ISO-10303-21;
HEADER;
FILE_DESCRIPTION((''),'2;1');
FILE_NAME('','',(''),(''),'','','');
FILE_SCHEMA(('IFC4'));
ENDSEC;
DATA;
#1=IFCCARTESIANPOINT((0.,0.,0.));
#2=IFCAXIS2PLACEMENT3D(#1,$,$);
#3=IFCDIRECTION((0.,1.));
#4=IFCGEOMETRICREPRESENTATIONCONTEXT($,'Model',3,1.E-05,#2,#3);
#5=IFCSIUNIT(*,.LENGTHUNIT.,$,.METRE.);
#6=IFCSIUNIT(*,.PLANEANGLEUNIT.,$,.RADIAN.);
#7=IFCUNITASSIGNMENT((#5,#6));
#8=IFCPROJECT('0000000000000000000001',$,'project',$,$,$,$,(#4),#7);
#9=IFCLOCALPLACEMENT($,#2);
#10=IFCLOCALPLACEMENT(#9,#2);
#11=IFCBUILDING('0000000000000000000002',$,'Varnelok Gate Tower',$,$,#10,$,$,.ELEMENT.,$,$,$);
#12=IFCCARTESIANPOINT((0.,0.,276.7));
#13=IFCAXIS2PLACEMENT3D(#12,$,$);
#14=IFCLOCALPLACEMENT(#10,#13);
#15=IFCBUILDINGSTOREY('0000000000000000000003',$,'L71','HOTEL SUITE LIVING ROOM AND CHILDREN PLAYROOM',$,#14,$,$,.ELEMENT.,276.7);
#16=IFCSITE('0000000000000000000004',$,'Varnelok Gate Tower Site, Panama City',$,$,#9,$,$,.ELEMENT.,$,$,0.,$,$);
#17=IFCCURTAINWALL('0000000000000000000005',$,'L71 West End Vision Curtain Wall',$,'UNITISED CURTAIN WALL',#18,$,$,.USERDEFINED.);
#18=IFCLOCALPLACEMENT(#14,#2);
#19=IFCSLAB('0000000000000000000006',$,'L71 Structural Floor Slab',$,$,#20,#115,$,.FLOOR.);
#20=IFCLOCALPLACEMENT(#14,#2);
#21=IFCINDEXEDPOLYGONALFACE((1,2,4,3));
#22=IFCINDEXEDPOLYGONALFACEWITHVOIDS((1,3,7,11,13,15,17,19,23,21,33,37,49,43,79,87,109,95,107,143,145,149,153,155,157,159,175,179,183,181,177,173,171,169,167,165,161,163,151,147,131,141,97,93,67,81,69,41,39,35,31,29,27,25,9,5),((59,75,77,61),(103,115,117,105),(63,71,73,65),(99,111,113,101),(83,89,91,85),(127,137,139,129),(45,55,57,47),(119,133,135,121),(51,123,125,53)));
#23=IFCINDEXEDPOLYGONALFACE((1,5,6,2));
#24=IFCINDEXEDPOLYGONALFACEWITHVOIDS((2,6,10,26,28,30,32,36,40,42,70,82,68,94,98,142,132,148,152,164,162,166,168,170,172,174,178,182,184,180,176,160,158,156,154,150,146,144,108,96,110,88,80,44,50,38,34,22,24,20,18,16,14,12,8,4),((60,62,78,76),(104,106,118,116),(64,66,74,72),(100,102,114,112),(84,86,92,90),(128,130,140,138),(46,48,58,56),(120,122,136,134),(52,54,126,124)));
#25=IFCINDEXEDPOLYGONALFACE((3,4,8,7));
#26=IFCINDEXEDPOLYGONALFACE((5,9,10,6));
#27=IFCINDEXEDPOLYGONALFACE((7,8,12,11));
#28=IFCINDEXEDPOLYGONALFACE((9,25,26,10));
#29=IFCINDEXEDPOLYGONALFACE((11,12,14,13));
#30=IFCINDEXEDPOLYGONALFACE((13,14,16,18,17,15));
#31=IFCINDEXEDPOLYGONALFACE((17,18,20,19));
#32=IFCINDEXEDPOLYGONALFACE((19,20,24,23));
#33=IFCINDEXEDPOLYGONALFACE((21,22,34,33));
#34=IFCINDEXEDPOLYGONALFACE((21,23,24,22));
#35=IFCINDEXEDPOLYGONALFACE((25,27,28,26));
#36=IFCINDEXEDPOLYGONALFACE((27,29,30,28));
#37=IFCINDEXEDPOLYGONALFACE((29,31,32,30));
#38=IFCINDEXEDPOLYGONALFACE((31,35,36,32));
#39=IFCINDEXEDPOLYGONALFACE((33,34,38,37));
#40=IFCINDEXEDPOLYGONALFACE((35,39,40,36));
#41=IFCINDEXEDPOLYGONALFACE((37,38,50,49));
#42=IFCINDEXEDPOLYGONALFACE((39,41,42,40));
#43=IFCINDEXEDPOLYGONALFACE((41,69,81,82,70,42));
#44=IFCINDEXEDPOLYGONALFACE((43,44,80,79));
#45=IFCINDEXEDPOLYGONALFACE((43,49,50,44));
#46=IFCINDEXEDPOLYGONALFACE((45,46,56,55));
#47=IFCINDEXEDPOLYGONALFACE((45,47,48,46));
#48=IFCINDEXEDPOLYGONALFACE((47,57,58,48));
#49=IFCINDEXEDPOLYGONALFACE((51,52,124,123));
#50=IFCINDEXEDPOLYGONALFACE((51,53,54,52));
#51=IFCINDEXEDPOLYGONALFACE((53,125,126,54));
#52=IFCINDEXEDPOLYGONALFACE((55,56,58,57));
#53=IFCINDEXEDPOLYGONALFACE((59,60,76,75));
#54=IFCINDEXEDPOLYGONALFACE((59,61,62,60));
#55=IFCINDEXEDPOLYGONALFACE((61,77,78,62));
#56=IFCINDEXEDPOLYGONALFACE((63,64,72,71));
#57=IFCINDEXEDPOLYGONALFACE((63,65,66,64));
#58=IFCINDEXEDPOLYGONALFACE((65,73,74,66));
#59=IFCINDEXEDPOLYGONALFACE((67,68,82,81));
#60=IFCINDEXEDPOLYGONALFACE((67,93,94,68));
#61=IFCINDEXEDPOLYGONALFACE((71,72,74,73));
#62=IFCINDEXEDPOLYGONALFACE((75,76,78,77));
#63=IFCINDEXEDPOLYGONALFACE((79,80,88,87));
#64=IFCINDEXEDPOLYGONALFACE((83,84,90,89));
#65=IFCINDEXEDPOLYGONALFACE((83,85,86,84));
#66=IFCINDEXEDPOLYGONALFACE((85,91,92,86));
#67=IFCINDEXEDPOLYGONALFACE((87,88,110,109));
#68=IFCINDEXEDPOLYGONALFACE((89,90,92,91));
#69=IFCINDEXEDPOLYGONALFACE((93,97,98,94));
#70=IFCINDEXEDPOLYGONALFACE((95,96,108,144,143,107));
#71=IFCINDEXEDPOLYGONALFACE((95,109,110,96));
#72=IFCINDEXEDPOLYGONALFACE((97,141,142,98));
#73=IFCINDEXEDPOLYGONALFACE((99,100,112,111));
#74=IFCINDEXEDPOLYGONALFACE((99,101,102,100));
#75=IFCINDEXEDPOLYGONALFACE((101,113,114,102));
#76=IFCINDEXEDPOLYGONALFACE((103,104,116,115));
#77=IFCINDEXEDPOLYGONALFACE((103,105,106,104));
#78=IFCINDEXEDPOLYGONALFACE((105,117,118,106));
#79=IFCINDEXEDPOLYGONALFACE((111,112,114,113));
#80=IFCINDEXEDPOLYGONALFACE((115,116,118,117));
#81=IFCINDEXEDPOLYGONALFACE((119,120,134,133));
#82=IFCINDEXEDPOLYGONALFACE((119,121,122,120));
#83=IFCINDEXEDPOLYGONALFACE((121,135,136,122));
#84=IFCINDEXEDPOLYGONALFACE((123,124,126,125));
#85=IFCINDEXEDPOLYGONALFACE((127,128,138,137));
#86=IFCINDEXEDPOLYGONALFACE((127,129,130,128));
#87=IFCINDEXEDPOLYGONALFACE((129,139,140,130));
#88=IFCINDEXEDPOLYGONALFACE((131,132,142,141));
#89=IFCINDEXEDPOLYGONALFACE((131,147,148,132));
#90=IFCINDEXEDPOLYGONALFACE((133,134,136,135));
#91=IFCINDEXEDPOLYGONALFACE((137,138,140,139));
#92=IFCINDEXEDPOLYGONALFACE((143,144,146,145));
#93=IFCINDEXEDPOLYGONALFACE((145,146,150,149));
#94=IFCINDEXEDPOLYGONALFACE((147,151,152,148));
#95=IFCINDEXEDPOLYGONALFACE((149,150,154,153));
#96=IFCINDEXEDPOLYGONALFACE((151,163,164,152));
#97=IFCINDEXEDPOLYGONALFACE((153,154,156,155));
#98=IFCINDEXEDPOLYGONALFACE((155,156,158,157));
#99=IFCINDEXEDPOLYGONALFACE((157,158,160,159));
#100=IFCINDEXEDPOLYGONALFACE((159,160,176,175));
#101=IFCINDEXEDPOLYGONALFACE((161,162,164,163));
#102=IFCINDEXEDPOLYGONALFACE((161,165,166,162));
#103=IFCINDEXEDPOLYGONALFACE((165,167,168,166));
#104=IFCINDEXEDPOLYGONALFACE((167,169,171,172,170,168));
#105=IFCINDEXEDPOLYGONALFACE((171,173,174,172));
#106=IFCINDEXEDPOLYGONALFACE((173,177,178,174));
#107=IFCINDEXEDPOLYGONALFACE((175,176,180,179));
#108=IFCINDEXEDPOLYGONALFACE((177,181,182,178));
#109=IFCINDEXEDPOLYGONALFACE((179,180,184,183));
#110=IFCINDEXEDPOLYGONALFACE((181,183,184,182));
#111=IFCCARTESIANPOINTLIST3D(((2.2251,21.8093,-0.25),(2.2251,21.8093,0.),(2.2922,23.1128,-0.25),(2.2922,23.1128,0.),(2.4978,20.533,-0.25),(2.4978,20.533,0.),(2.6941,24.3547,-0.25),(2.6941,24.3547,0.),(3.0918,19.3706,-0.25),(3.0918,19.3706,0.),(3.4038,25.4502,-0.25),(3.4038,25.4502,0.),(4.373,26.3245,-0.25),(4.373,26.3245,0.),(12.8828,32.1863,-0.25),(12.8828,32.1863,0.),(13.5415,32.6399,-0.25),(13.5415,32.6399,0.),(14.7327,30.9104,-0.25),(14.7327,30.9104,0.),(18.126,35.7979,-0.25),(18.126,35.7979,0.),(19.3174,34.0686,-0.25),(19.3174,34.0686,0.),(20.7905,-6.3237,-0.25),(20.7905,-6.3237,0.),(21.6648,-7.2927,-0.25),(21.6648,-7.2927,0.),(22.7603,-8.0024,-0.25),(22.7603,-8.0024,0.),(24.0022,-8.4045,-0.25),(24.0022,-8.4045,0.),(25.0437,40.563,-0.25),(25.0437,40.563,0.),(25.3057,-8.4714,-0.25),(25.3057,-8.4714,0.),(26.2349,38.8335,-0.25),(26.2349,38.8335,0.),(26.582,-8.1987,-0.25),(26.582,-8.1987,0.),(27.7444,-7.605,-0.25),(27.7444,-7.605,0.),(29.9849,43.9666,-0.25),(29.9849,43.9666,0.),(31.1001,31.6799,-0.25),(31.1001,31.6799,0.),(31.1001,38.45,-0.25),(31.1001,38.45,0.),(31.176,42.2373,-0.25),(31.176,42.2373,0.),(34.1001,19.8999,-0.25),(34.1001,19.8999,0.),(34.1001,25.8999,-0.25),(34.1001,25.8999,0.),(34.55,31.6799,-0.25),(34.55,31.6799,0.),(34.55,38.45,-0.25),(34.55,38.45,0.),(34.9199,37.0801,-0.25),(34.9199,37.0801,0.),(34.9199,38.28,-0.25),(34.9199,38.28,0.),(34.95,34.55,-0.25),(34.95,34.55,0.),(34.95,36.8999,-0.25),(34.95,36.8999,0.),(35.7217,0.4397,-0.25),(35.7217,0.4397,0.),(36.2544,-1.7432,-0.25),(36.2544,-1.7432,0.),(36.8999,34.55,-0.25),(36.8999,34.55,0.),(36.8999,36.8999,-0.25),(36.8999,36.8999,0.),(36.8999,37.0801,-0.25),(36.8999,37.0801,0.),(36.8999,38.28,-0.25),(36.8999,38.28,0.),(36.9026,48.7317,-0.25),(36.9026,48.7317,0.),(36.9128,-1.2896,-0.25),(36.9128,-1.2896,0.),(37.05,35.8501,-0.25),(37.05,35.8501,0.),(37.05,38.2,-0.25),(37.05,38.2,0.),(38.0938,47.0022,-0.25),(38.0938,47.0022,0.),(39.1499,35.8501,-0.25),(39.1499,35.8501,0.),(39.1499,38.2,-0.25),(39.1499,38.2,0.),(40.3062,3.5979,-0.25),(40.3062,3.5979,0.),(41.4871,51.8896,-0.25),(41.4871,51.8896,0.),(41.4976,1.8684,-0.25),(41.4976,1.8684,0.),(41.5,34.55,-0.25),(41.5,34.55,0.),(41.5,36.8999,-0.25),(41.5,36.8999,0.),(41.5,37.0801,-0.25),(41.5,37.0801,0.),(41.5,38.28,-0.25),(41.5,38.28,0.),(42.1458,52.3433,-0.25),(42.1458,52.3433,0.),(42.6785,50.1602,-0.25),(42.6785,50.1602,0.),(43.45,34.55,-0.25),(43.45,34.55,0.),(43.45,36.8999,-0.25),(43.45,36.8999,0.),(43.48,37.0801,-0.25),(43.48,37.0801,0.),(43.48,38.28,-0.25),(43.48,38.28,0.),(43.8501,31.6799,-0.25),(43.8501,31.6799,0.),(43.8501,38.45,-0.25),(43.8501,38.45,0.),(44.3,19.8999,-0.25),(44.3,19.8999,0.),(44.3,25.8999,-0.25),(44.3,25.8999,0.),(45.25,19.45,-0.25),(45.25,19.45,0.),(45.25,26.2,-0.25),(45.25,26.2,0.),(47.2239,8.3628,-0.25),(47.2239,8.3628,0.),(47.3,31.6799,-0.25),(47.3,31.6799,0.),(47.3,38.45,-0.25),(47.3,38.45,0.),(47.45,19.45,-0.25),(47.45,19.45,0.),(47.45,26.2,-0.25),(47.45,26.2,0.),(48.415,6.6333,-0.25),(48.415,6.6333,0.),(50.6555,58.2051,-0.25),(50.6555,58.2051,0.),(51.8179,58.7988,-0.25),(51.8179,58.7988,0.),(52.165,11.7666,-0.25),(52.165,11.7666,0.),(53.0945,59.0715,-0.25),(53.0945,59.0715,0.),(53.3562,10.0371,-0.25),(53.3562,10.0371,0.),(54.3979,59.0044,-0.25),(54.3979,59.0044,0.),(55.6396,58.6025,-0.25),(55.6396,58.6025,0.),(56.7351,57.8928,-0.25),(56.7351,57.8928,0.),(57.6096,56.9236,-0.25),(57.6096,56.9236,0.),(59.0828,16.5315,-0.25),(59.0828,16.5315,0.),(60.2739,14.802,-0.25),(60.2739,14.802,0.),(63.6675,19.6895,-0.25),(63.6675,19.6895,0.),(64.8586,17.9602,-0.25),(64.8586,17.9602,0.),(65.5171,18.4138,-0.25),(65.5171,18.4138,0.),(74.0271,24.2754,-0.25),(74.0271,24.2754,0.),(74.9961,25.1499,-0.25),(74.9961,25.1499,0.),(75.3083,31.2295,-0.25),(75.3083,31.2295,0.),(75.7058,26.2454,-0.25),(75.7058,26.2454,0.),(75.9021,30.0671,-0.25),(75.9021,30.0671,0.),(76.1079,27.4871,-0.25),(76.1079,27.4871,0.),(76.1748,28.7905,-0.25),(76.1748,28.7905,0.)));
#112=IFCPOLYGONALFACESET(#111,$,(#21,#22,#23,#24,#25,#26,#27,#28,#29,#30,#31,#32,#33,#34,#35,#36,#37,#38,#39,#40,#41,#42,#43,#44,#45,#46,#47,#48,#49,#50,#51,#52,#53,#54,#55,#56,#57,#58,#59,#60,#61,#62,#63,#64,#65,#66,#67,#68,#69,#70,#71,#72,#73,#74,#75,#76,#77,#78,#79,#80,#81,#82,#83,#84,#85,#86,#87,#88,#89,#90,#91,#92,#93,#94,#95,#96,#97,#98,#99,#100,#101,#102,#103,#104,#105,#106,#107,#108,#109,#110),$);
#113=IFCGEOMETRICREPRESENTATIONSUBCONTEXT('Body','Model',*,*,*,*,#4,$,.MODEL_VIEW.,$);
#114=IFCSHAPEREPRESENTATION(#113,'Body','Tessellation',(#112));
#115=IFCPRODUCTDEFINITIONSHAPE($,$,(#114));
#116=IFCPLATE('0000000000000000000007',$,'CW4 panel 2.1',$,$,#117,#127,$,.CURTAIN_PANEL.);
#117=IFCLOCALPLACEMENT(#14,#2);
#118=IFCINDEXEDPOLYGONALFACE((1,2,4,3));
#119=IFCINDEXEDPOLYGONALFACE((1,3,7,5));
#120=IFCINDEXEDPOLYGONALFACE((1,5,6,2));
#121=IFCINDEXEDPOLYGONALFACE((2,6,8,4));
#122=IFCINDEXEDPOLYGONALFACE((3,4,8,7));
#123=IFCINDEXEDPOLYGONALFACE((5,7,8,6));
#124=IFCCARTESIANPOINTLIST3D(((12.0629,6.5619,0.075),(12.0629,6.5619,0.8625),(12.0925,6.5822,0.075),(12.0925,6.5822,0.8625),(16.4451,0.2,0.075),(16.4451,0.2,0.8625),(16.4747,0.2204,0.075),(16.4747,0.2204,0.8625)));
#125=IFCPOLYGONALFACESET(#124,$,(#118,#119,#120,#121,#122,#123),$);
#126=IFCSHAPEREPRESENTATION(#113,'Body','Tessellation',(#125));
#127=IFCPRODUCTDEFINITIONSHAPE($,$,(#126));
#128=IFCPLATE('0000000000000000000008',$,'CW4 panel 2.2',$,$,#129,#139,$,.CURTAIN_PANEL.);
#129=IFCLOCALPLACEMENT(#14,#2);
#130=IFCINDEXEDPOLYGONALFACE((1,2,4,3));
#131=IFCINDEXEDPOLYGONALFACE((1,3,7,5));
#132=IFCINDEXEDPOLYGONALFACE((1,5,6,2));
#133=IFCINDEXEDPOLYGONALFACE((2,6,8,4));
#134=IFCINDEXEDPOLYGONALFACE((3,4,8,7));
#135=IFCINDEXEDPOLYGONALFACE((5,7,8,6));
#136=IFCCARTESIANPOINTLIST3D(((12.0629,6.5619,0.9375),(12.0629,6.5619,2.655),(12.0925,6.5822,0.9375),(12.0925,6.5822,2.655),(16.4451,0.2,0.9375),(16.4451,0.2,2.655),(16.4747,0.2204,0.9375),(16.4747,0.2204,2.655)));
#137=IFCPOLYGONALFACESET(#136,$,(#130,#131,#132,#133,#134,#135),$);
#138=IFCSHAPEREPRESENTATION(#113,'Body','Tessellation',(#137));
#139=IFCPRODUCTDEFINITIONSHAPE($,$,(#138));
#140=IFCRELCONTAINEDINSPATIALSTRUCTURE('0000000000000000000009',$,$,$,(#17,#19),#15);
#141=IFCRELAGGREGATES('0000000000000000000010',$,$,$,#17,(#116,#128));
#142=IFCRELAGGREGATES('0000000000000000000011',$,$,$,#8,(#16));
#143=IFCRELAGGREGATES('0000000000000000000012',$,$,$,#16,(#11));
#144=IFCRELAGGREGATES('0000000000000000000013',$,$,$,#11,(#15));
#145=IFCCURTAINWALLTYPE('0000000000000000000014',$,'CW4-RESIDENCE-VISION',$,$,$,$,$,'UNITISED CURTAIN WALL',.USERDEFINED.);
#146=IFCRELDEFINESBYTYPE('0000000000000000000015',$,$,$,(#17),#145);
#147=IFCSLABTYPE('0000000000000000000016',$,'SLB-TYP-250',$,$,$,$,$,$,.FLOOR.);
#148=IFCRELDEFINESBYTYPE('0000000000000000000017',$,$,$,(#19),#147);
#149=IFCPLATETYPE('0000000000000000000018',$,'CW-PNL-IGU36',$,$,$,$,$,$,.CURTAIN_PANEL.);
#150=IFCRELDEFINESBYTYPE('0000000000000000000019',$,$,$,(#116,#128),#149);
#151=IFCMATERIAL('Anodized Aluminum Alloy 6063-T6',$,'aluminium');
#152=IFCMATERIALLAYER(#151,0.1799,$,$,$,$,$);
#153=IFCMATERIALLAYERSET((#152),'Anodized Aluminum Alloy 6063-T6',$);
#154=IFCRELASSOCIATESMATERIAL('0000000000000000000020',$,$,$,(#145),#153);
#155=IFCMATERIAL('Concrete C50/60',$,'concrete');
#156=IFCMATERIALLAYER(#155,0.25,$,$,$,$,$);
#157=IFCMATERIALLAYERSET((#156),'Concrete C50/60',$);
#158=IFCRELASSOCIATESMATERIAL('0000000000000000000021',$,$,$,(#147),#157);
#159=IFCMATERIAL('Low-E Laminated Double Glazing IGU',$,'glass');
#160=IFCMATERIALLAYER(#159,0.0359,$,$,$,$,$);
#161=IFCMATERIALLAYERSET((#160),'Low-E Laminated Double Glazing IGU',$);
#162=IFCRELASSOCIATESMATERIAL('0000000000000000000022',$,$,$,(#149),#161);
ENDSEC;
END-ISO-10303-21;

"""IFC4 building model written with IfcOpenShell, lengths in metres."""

from ifc_helpers import new_model, si_unit, direction, frame, origin, origin_2d, place, context, subcontext, project, spatial, polyline, rectangle, outline, extrude, source, transform, mapped, material, layer, layer_set, type_object, element, aggregate, save


model = new_model("IFC4")

# Units and contexts
model_context = context("Model", 3, precision=1e-05, world=origin(), true_north=direction((0.0, 1.0)))
body_context = subcontext(model_context, "Body", "Model", "MODEL_VIEW")
ifc_project = project(units=[si_unit("LENGTHUNIT", "METRE"), si_unit("PLANEANGLEUNIT", "RADIAN")], contexts=[model_context])

# Site, building, storey
site_placement = place(None, origin())
site = spatial("IfcSite", under=ifc_project, at=site_placement, Name="Varnelok Gate Tower Site, Panama City", CompositionType="ELEMENT", RefElevation=0.0)
building_placement = place(site_placement, origin())
building = spatial("IfcBuilding", under=site, at=building_placement, Name="Varnelok Gate Tower", CompositionType="ELEMENT")
storey_placement = place(building_placement, frame((0.0, 0.0, 276.7)))
storey = spatial("IfcBuildingStorey", under=building, at=storey_placement, Name="L71", Description="HOTEL SUITE LIVING ROOM AND CHILDREN PLAYROOM", CompositionType="ELEMENT", Elevation=276.7)

# Curtain wall
ifc_material_1 = material(Name="Anodized Aluminum Alloy 6063-T6", Category="aluminium")
ifc_layer_1 = layer(ifc_material_1, 0.1799)
ifc_layer_set_1 = layer_set([ifc_layer_1], Name="Anodized Aluminum Alloy 6063-T6")
curtain_wall_type = type_object("IfcCurtainWallType", Name="CW4-RESIDENCE-VISION", ElementType="UNITISED CURTAIN WALL", PredefinedType="USERDEFINED", material=ifc_layer_set_1)
curtain_wall_placement = place(storey_placement, origin())
curtain_wall = element("IfcCurtainWall", 1, at=curtain_wall_placement, inside=storey, type_object=curtain_wall_type, Name="L71 West End Vision Curtain Wall", ObjectType="UNITISED CURTAIN WALL", PredefinedType="USERDEFINED")

# Shared definitions
ifc_material_2 = material(Name="Concrete C50/60", Category="concrete")

# Slab
ifc_layer_2 = layer(ifc_material_2, 0.25)
ifc_layer_set_2 = layer_set([ifc_layer_2], Name="Concrete C50/60")
slab_type_1 = type_object("IfcSlabType", Name="SLB-TYP-250", PredefinedType="FLOOR", material=ifc_layer_set_2)
slab_1_placement = place(storey_placement, frame((0.0, 0.0, -0.25)))
element("IfcSlab", 2, at=slab_1_placement, inside=storey, type_object=slab_type_1, Name="L71 Structural Floor Slab", PredefinedType="FLOOR", context=body_context, shape_type="SweptSolid", body=[
    extrude(outline(polyline([(20.7905, -6.3237), (21.6648, -7.2927), (22.7603, -8.0024), (24.0022, -8.4045), (25.3057, -8.4714), (26.582, -8.1987), (27.7444, -7.605), (36.2544, -1.7432), (36.9128, -1.2896), (35.7217, 0.4397), (40.3062, 3.5979), (41.4976, 1.8684), (48.415, 6.6333), (47.2239, 8.3628), (52.165, 11.7666), (53.3562, 10.0371), (60.2739, 14.802), (59.0828, 16.5315), (63.6675, 19.6895), (64.8586, 17.9602), (65.5171, 18.4138), (74.0271, 24.2754), (74.9961, 25.1499), (75.7058, 26.2454), (76.1079, 27.4871), (76.1748, 28.7905), (75.9021, 30.0671), (75.3083, 31.2295), (57.6096, 56.9236), (56.7351, 57.8928), (55.6396, 58.6025), (54.3979, 59.0044), (53.0945, 59.0715), (51.8179, 58.7988), (50.6555, 58.2051), (42.1458, 52.3433), (41.4871, 51.8896), (42.6785, 50.1602), (38.0938, 47.0022), (36.9026, 48.7317), (29.9849, 43.9666), (31.176, 42.2373), (26.2349, 38.8335), (25.0437, 40.563), (18.126, 35.7979), (19.3174, 34.0686), (14.7327, 30.9104), (13.5415, 32.6399), (12.8828, 32.1863), (4.373, 26.3245), (3.4038, 25.4502), (2.6941, 24.3547), (2.2922, 23.1128), (2.2251, 21.8093), (2.4978, 20.533), (3.0918, 19.3706), (20.7905, -6.3237)]), holes=[polyline([(34.55, 31.6799), (34.55, 38.45), (31.1001, 38.45), (31.1001, 31.6799), (34.55, 31.6799)]), polyline([(47.3, 31.6799), (47.3, 38.45), (43.8501, 38.45), (43.8501, 31.6799), (47.3, 31.6799)]), polyline([(34.95, 34.55), (36.8999, 34.55), (36.8999, 36.8999), (34.95, 36.8999), (34.95, 34.55)]), polyline([(41.5, 34.55), (43.45, 34.55), (43.45, 36.8999), (41.5, 36.8999), (41.5, 34.55)]), polyline([(37.05, 35.8501), (39.1499, 35.8501), (39.1499, 38.2), (37.05, 38.2), (37.05, 35.8501)]), polyline([(45.25, 19.45), (47.45, 19.45), (47.45, 26.2), (45.25, 26.2), (45.25, 19.45)]), polyline([(34.9199, 37.0801), (36.8999, 37.0801), (36.8999, 38.28), (34.9199, 38.28), (34.9199, 37.0801)]), polyline([(41.5, 37.0801), (43.48, 37.0801), (43.48, 38.28), (41.5, 38.28), (41.5, 37.0801)]), polyline([(34.1001, 19.8999), (44.3, 19.8999), (44.3, 25.8999), (34.1001, 25.8999), (34.1001, 19.8999)])]), origin(), (0.0, 0.0, 1.0), 0.25),
])

# Plates
ifc_material_3 = material(Name="Low-E Laminated Double Glazing IGU", Category="glass")
ifc_layer_3 = layer(ifc_material_3, 0.0359)
ifc_layer_set_3 = layer_set([ifc_layer_3], Name="Low-E Laminated Double Glazing IGU")
plate_type = type_object("IfcPlateType", Name="CW-PNL-IGU36", PredefinedType="CURTAIN_PANEL", material=ifc_layer_set_3)
shared_shape_1 = source(origin(), body_context, "Body", "SweptSolid", [
    extrude(rectangle(XDim=7.7251, YDim=0.0359, at=origin_2d()), origin(), (0.0, 0.0, 1.0), 0.7876),
])
plate_1_placement = place(storey_placement, frame((14.2688, 3.3911, 0.075), z_axis=(0.0, 0.0, 1.0), x_axis=(-0.567269, 0.823532, 0.0)))
plate_1 = element("IfcPlate", 3, at=plate_1_placement, type_object=plate_type, Name="CW4 panel 2.1", PredefinedType="CURTAIN_PANEL", context=body_context, shape_type="MappedRepresentation", body=[
    mapped(shared_shape_1, transform((0.0, 0.0, 0.0), scale=1.0)),
])
shared_shape_2 = source(origin(), body_context, "Body", "SweptSolid", [
    extrude(rectangle(XDim=7.7251, YDim=0.0359, at=origin_2d()), origin(), (0.0, 0.0, 1.0), 1.7175),
])
plate_2_placement = place(storey_placement, frame((14.2688, 3.3911, 0.9375), z_axis=(0.0, 0.0, 1.0), x_axis=(-0.567269, 0.823532, 0.0)))
plate_2 = element("IfcPlate", 4, at=plate_2_placement, type_object=plate_type, Name="CW4 panel 2.2", PredefinedType="CURTAIN_PANEL", context=body_context, shape_type="MappedRepresentation", body=[
    mapped(shared_shape_2, transform((0.0, 0.0, 0.0), scale=1.0)),
])
aggregate(curtain_wall, [plate_1, plate_2])

save(model, "model.ifc")
